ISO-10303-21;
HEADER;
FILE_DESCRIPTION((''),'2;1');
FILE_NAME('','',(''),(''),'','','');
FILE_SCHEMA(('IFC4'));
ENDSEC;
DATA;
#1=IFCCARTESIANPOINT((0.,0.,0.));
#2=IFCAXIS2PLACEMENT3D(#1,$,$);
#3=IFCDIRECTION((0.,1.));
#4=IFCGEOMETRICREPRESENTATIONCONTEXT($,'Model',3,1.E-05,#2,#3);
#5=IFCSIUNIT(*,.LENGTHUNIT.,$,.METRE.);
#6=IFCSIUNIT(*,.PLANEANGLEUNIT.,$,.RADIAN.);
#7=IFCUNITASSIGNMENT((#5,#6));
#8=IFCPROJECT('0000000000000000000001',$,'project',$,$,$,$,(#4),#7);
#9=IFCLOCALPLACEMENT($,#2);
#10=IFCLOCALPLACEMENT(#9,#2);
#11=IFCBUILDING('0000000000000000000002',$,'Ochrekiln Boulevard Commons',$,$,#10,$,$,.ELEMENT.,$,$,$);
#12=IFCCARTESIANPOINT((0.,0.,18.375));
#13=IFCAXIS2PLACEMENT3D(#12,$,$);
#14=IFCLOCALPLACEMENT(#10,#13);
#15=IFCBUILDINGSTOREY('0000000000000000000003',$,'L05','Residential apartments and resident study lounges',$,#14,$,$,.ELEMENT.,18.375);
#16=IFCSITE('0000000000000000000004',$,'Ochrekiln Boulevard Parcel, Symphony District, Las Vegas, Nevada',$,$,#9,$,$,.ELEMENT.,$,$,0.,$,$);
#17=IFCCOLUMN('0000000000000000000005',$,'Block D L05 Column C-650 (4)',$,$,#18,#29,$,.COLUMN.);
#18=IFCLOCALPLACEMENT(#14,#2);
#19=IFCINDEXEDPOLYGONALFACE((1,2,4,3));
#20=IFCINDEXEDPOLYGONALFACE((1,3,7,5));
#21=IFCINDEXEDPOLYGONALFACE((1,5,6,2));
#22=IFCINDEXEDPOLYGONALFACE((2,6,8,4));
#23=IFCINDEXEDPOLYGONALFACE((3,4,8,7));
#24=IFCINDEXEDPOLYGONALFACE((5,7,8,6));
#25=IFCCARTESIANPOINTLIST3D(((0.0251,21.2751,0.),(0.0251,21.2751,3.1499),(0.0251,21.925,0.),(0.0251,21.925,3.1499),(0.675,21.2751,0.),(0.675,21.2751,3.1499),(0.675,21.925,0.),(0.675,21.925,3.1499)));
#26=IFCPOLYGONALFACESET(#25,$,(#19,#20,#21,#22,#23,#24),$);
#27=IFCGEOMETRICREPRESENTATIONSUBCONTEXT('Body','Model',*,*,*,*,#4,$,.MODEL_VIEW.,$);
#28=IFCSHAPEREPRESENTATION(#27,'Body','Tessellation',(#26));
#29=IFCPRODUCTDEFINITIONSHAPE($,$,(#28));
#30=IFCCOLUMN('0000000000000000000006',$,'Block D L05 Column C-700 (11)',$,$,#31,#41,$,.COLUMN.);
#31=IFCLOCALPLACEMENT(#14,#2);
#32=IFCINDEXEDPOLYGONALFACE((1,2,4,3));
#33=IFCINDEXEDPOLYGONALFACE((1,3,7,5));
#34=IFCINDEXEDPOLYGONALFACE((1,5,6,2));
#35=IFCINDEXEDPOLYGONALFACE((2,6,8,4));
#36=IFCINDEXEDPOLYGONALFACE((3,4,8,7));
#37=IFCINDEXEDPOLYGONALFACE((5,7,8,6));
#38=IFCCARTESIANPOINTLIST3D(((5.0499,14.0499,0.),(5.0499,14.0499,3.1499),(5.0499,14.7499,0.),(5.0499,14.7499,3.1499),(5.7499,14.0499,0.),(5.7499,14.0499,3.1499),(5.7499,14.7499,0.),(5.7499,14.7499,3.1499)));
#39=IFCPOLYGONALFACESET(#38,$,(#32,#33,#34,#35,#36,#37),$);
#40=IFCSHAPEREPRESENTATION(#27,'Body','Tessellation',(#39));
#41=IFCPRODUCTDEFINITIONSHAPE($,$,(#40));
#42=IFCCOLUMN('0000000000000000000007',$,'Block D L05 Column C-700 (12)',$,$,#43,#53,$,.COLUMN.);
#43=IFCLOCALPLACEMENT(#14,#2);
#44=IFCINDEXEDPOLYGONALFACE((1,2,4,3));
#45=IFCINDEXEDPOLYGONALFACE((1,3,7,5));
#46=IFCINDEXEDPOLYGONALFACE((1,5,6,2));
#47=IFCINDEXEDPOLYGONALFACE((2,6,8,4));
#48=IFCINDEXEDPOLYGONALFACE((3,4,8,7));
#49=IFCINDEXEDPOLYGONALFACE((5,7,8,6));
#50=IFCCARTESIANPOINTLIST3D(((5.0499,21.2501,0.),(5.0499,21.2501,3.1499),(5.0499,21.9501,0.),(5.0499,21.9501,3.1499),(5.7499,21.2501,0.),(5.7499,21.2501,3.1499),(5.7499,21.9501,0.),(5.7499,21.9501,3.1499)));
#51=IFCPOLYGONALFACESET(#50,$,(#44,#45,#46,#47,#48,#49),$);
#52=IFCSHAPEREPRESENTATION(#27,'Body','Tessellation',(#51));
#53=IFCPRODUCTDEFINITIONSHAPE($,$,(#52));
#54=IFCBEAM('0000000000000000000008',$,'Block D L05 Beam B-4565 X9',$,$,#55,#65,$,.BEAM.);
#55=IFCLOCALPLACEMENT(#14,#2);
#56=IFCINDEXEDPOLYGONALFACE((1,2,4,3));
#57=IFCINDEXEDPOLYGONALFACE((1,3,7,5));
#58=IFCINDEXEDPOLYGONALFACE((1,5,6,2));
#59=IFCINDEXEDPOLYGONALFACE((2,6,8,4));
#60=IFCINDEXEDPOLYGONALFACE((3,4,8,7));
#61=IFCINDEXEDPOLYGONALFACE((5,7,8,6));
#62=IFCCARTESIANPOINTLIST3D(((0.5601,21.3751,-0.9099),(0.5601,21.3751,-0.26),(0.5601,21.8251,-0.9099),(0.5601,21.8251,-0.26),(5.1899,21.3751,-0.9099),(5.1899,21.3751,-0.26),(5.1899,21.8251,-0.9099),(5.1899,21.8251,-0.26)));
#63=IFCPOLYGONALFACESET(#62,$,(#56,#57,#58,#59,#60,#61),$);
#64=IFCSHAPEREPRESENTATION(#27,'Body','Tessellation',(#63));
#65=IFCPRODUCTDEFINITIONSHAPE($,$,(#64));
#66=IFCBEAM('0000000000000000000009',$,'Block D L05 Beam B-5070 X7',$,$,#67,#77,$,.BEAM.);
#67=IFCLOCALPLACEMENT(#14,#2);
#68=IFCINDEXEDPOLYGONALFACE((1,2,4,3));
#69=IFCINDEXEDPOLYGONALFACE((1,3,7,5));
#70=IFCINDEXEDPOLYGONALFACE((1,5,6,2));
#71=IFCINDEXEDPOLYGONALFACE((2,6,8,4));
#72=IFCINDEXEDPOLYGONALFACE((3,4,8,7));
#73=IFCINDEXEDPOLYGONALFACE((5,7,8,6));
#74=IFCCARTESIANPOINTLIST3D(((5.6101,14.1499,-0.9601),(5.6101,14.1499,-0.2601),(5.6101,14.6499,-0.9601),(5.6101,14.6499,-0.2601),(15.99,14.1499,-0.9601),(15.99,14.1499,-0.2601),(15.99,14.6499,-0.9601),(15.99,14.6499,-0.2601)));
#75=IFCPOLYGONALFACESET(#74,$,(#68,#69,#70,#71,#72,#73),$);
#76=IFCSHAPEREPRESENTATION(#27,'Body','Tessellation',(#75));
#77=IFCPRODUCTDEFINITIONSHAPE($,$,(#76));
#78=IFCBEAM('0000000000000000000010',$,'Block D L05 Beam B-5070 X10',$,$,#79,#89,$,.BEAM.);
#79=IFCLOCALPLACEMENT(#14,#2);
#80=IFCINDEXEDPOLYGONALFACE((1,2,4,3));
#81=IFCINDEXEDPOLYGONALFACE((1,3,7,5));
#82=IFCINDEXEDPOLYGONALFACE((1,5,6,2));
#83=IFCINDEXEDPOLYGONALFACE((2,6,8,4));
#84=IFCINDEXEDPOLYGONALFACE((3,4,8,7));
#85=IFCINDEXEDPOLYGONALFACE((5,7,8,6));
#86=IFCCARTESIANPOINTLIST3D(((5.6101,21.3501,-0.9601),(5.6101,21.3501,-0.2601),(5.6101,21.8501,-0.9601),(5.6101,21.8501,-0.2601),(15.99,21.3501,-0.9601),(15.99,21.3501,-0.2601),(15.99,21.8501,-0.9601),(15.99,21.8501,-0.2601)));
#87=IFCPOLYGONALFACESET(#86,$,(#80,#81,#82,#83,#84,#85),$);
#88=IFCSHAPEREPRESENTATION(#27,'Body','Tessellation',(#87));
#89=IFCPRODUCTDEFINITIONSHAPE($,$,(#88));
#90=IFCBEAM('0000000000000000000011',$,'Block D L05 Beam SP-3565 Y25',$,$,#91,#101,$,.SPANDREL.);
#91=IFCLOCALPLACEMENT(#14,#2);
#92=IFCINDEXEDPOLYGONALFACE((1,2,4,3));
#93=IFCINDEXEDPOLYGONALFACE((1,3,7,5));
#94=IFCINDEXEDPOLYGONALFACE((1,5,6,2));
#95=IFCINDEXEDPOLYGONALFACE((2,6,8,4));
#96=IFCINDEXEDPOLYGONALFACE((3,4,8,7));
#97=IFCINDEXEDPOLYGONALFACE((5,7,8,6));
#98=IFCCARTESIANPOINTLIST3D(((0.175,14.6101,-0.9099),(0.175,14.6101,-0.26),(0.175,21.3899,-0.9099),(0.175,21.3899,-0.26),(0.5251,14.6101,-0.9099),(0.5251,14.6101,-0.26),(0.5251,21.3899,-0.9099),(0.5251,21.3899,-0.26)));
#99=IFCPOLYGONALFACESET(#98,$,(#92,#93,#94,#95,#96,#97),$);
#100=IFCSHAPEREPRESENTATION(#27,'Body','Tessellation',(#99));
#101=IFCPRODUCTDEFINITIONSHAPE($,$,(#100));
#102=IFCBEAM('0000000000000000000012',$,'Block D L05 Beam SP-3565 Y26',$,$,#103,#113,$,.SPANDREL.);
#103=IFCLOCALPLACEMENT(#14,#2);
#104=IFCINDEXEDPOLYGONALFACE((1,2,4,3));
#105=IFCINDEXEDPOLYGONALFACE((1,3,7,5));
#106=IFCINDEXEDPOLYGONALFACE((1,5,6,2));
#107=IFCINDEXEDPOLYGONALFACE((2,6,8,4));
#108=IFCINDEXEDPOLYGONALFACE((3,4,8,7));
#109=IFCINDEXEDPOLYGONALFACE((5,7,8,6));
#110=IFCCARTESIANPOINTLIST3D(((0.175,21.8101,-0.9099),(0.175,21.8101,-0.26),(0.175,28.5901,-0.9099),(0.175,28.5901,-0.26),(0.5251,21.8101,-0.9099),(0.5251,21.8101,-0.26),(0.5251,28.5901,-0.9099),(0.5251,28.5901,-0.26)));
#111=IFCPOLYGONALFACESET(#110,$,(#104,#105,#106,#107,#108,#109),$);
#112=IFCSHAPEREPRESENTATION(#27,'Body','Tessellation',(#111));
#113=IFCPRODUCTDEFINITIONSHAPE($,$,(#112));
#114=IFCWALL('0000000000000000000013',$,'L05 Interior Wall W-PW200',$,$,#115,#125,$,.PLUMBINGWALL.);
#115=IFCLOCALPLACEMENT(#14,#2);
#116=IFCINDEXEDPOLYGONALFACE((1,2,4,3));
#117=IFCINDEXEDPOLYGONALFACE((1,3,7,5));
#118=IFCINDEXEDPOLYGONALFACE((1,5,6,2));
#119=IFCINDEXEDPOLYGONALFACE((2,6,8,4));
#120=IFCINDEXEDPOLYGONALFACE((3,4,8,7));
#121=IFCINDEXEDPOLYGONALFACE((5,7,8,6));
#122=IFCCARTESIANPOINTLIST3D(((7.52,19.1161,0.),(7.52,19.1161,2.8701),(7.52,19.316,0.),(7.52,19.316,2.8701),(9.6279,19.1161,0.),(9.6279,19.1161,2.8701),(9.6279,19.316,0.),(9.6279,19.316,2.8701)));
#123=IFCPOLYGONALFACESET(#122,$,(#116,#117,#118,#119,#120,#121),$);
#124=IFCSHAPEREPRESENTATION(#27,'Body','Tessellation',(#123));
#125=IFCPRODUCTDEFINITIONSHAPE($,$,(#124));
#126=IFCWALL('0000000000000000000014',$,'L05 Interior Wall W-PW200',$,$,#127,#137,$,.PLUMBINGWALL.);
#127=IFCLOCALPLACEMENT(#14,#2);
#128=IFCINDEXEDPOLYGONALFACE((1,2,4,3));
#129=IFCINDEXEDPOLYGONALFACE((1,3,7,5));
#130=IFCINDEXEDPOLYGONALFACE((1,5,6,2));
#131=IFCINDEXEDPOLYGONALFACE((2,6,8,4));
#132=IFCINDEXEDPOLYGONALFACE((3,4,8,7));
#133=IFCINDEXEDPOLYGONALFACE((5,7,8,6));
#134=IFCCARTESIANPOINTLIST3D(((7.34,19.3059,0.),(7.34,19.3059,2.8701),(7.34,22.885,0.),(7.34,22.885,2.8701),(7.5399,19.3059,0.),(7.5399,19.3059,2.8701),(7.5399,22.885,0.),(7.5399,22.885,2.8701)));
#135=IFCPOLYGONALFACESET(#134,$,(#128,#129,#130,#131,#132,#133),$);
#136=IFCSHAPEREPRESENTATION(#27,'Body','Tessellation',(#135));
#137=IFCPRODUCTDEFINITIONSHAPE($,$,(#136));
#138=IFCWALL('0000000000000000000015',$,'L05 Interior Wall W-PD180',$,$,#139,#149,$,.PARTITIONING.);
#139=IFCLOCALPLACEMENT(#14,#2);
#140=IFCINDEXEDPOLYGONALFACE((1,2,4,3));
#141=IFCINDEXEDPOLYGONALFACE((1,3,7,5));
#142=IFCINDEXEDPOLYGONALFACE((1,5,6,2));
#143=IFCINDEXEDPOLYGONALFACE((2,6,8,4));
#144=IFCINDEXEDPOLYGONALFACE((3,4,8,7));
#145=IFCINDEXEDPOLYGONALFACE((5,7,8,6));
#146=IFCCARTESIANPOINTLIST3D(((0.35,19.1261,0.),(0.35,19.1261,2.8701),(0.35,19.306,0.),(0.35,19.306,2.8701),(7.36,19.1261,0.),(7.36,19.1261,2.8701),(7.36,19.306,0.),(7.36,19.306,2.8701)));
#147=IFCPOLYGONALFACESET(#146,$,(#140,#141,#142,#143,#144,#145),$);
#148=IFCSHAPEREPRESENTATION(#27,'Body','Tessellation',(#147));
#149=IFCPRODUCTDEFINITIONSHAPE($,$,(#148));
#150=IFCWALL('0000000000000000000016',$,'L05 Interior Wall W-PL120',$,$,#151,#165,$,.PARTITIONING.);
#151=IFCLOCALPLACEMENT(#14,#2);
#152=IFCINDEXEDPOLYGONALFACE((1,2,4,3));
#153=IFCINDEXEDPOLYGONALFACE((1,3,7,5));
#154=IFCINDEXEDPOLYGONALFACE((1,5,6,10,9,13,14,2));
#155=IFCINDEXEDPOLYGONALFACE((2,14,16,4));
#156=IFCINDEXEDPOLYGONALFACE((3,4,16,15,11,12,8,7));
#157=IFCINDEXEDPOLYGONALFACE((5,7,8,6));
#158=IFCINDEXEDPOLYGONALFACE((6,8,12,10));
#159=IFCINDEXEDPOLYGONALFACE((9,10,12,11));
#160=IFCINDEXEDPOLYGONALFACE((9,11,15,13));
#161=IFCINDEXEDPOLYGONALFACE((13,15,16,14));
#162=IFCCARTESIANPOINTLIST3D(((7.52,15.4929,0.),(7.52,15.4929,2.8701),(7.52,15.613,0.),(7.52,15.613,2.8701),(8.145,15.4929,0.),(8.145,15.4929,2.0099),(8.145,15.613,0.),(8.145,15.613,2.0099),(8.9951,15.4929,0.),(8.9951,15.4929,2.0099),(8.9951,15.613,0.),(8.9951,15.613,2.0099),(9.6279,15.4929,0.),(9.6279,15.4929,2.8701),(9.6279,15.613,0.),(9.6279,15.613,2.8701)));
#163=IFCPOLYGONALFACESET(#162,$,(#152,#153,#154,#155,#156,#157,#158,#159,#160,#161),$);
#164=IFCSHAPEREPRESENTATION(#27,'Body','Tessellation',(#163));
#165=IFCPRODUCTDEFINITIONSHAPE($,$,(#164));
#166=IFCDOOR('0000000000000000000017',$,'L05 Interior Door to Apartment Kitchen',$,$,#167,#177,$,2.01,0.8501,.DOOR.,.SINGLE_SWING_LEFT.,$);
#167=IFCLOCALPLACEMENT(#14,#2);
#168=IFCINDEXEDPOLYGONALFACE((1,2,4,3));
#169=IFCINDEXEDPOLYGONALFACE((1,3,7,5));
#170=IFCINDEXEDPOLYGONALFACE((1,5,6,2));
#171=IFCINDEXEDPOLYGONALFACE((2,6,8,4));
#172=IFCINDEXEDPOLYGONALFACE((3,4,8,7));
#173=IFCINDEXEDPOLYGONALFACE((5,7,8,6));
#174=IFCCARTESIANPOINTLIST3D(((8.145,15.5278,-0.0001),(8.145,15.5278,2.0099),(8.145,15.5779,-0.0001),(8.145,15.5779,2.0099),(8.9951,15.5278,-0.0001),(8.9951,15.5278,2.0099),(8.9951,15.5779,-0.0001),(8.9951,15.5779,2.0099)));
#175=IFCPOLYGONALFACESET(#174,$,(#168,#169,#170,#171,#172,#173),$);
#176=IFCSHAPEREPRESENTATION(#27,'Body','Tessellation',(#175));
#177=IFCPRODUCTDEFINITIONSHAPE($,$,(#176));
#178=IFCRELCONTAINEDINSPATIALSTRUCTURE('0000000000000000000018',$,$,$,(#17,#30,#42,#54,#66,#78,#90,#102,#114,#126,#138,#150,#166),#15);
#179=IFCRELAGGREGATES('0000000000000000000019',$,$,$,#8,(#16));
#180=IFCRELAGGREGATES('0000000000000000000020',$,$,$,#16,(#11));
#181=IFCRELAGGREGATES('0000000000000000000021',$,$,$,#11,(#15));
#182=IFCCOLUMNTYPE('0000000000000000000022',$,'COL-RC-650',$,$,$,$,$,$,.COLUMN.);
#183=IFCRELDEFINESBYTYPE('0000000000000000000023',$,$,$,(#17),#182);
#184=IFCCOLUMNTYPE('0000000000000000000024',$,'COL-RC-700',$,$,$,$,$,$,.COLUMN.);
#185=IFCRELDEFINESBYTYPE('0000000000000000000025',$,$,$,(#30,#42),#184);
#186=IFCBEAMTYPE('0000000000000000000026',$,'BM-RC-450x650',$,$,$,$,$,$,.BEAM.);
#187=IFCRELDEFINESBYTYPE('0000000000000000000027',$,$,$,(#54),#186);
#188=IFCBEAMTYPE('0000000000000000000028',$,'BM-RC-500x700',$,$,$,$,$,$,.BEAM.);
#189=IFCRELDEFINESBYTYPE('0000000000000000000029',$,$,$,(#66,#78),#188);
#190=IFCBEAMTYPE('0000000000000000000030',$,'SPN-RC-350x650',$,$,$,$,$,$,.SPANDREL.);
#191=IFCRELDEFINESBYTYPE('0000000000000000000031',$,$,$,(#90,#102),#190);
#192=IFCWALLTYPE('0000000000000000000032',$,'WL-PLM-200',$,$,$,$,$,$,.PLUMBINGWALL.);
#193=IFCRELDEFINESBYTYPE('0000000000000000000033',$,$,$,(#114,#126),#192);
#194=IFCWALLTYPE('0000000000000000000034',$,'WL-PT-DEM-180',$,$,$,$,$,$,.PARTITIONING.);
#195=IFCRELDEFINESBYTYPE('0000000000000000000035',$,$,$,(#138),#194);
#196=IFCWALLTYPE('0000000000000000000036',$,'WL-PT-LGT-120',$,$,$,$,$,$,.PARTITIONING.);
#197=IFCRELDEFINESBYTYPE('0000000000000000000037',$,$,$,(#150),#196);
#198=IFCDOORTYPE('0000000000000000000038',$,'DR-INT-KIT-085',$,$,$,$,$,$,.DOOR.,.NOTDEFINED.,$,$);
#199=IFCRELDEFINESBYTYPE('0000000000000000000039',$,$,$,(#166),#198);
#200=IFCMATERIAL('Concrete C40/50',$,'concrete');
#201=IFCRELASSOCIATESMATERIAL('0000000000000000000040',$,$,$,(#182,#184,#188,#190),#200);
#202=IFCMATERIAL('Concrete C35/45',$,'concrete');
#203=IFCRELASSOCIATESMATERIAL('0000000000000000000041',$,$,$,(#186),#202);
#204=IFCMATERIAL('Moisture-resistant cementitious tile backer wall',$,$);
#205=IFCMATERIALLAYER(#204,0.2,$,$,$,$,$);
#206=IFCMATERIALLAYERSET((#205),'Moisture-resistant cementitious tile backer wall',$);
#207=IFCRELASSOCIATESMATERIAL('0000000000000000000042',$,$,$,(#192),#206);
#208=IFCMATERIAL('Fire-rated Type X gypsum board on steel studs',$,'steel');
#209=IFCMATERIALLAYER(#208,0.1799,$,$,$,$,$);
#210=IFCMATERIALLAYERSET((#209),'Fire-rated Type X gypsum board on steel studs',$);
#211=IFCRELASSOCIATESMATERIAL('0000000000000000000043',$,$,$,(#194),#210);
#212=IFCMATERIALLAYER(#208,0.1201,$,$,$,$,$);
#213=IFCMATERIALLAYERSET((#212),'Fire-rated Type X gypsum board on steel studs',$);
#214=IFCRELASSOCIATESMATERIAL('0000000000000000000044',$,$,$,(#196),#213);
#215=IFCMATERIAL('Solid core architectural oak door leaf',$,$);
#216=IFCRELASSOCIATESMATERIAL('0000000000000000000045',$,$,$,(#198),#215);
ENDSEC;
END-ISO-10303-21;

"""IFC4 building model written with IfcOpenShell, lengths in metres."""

from ifc_helpers import new_model, si_unit, direction, frame, frame_2d, origin, origin_2d, place, context, subcontext, project, spatial, rectangle, extrude, material, layer, layer_set, material_profile, profile_set, type_object, element, fill, save


model = new_model("IFC4")

# Units and contexts
model_context = context("Model", 3, precision=1e-05, world=origin(), true_north=direction((0.0, 1.0)))
body_context = subcontext(model_context, "Body", "Model", "MODEL_VIEW")
ifc_project = project(units=[si_unit("LENGTHUNIT", "METRE"), si_unit("PLANEANGLEUNIT", "RADIAN")], contexts=[model_context])

# Site, building, storey
site_placement = place(None, origin())
site = spatial("IfcSite", under=ifc_project, at=site_placement, Name="Ochrekiln Boulevard Parcel, Symphony District, Las Vegas, Nevada", CompositionType="ELEMENT", RefElevation=0.0)
building_placement = place(site_placement, origin())
building = spatial("IfcBuilding", under=site, at=building_placement, Name="Ochrekiln Boulevard Commons", CompositionType="ELEMENT")
storey_placement = place(building_placement, frame((0.0, 0.0, 18.375)))
storey = spatial("IfcBuildingStorey", under=building, at=storey_placement, Name="L05", Description="Residential apartments and resident study lounges", CompositionType="ELEMENT", Elevation=18.375)

# Columns
ifc_material_1 = material(Name="Concrete C40/50", Category="concrete")
ifc_material_profile_1 = material_profile(ifc_material_1, rectangle(XDim=0.6499, YDim=0.6499, at=origin_2d()), Name="RC-COL-650x650")
ifc_profile_set_1 = profile_set([ifc_material_profile_1], Name="Concrete C40/50")
column_type_1 = type_object("IfcColumnType", Name="COL-RC-650", PredefinedType="COLUMN", material=ifc_profile_set_1)
column_placement = place(storey_placement, frame((0.3501, 21.6001, 0.0), z_axis=(0.0, 0.0, 1.0), x_axis=(1.0, 0.0, 0.0)))
element("IfcColumn", 1, at=column_placement, inside=storey, type_object=column_type_1, Name="Block D L05 Column C-650 (4)", PredefinedType="COLUMN", context=body_context, shape_type="SweptSolid", body=[
    extrude(rectangle(XDim=0.6499, YDim=0.6499, at=origin_2d()), origin(), (0.0, 0.0, 1.0), 3.1499),
])
ifc_material_profile_2 = material_profile(ifc_material_1, rectangle(XDim=0.7, YDim=0.7, at=origin_2d()), Name="RC-COL-700x700")
ifc_profile_set_2 = profile_set([ifc_material_profile_2], Name="Concrete C40/50")
column_type_2 = type_object("IfcColumnType", Name="COL-RC-700", PredefinedType="COLUMN", material=ifc_profile_set_2)
for number, where, z_axis, x_axis, name in (
    (2, (5.3999, 14.3999, 0.0), (0.0, 0.0, 1.0), (1.0, 0.0, 0.0), "Block D L05 Column C-700 (11)"),
    (3, (5.3999, 21.6001, 0.0), (0.0, 0.0, 1.0), (1.0, 0.0, 0.0), "Block D L05 Column C-700 (12)"),
):
    element("IfcColumn", number, at=place(storey_placement, frame(where, z_axis=z_axis, x_axis=x_axis)), inside=storey, type_object=column_type_2, Name=name, PredefinedType="COLUMN", context=body_context, shape_type="SweptSolid", body=[
        extrude(rectangle(XDim=0.7, YDim=0.7, at=origin_2d()), origin(), (0.0, 0.0, 1.0), 3.1499),
    ])

# Beams
ifc_material_2 = material(Name="Concrete C35/45", Category="concrete")
ifc_material_profile_3 = material_profile(ifc_material_2, rectangle(XDim=0.45, YDim=0.6499, at=origin_2d()), Name="RC-BM-450x650")
ifc_profile_set_3 = profile_set([ifc_material_profile_3], Name="Concrete C35/45")
beam_type_1 = type_object("IfcBeamType", Name="BM-RC-450x650", PredefinedType="BEAM", material=ifc_profile_set_3)
beam_1_placement = place(storey_placement, frame((0.5601, 21.6001, -0.585), z_axis=(1.0, 0.0, 0.0), x_axis=(0.0, 1.0, 0.0)))
element("IfcBeam", 4, at=beam_1_placement, inside=storey, type_object=beam_type_1, Name="Block D L05 Beam B-4565 X9", PredefinedType="BEAM", context=body_context, shape_type="SweptSolid", body=[
    extrude(rectangle(XDim=0.45, YDim=0.6499, at=origin_2d()), origin(), (0.0, 0.0, 1.0), 4.6299),
])
ifc_material_profile_4 = material_profile(ifc_material_1, rectangle(XDim=0.5, YDim=0.7, at=origin_2d()), Name="RC-BM-500x700")
ifc_profile_set_4 = profile_set([ifc_material_profile_4], Name="Concrete C40/50")
beam_type_2 = type_object("IfcBeamType", Name="BM-RC-500x700", PredefinedType="BEAM", material=ifc_profile_set_4)
for number, where, z_axis, x_axis, name in (
    (5, (5.6101, 14.3999, -0.6101), (1.0, 0.0, 0.0), (0.0, 1.0, 0.0), "Block D L05 Beam B-5070 X7"),
    (6, (5.6101, 21.6001, -0.6101), (1.0, 0.0, 0.0), (0.0, 1.0, 0.0), "Block D L05 Beam B-5070 X10"),
):
    element("IfcBeam", number, at=place(storey_placement, frame(where, z_axis=z_axis, x_axis=x_axis)), inside=storey, type_object=beam_type_2, Name=name, PredefinedType="BEAM", context=body_context, shape_type="SweptSolid", body=[
        extrude(rectangle(XDim=0.5, YDim=0.7, at=origin_2d()), origin(), (0.0, 0.0, 1.0), 10.3799),
    ])
ifc_material_profile_5 = material_profile(ifc_material_1, rectangle(XDim=0.3501, YDim=0.6499, at=origin_2d()), Name="RC-SPN-350x650")
ifc_profile_set_5 = profile_set([ifc_material_profile_5], Name="Concrete C40/50")
beam_type_3 = type_object("IfcBeamType", Name="SPN-RC-350x650", PredefinedType="SPANDREL", material=ifc_profile_set_5)
beam_2_placement = place(storey_placement, frame((0.3501, 14.6101, -0.585), z_axis=(0.0, 1.0, 0.0), x_axis=(-1.0, 0.0, 0.0)))
element("IfcBeam", 7, at=beam_2_placement, inside=storey, type_object=beam_type_3, Name="Block D L05 Beam SP-3565 Y25", PredefinedType="SPANDREL", context=body_context, shape_type="SweptSolid", body=[
    extrude(rectangle(XDim=0.3501, YDim=0.6499, at=origin_2d()), origin(), (0.0, 0.0, 1.0), 6.7798),
])
beam_3_placement = place(storey_placement, frame((0.3501, 21.8101, -0.585), z_axis=(0.0, 1.0, 0.0), x_axis=(-1.0, 0.0, 0.0)))
element("IfcBeam", 8, at=beam_3_placement, inside=storey, type_object=beam_type_3, Name="Block D L05 Beam SP-3565 Y26", PredefinedType="SPANDREL", context=body_context, shape_type="SweptSolid", body=[
    extrude(rectangle(XDim=0.3501, YDim=0.6499, at=origin_2d()), origin(), (0.0, 0.0, 1.0), 6.78),
])

# Walls
ifc_material_3 = material(Name="Moisture-resistant cementitious tile backer wall")
ifc_layer_1 = layer(ifc_material_3, 0.2)
ifc_layer_set_1 = layer_set([ifc_layer_1], Name="Moisture-resistant cementitious tile backer wall")
wall_type_1 = type_object("IfcWallType", Name="WL-PLM-200", PredefinedType="PLUMBINGWALL", material=ifc_layer_set_1)
wall_1_placement = place(storey_placement, frame((7.52, 19.2161, 0.0), z_axis=(0.0, 0.0, 1.0), x_axis=(1.0, 0.0, 0.0)))
element("IfcWall", 9, at=wall_1_placement, inside=storey, type_object=wall_type_1, Name="L05 Interior Wall W-PW200", PredefinedType="PLUMBINGWALL", context=body_context, shape_type="SweptSolid", body=[
    extrude(rectangle(XDim=2.1079, YDim=0.2, at=frame_2d((1.054, 0.0))), origin(), (0.0, 0.0, 1.0), 2.8701),
])
wall_2_placement = place(storey_placement, frame((7.4399, 19.3059, 0.0), z_axis=(0.0, 0.0, 1.0), x_axis=(0.0, 1.0, 0.0)))
element("IfcWall", 10, at=wall_2_placement, inside=storey, type_object=wall_type_1, Name="L05 Interior Wall W-PW200", PredefinedType="PLUMBINGWALL", context=body_context, shape_type="SweptSolid", body=[
    extrude(rectangle(XDim=3.5791, YDim=0.2, at=frame_2d((1.7896, 0.0))), origin(), (0.0, 0.0, 1.0), 2.8701),
])
ifc_material_4 = material(Name="Fire-rated Type X gypsum board on steel studs", Category="steel")
ifc_layer_2 = layer(ifc_material_4, 0.1799)
ifc_layer_set_2 = layer_set([ifc_layer_2], Name="Fire-rated Type X gypsum board on steel studs")
wall_type_2 = type_object("IfcWallType", Name="WL-PT-DEM-180", PredefinedType="PARTITIONING", material=ifc_layer_set_2)
wall_3_placement = place(storey_placement, frame((0.3501, 19.2161, 0.0), z_axis=(0.0, 0.0, 1.0), x_axis=(1.0, 0.0, 0.0)))
element("IfcWall", 11, at=wall_3_placement, inside=storey, type_object=wall_type_2, Name="L05 Interior Wall W-PD180", PredefinedType="PARTITIONING", context=body_context, shape_type="SweptSolid", body=[
    extrude(rectangle(XDim=7.01, YDim=0.1799, at=frame_2d((3.5049, 0.0))), origin(), (0.0, 0.0, 1.0), 2.8701),
])

# Wall, opening, door
ifc_layer_3 = layer(ifc_material_4, 0.1201)
ifc_layer_set_3 = layer_set([ifc_layer_3], Name="Fire-rated Type X gypsum board on steel studs")
wall_type_3 = type_object("IfcWallType", Name="WL-PT-LGT-120", PredefinedType="PARTITIONING", material=ifc_layer_set_3)
wall_4_placement = place(storey_placement, frame((7.52, 15.553, 0.0), z_axis=(0.0, 0.0, 1.0), x_axis=(1.0, 0.0, 0.0)))
wall_4 = element("IfcWall", 12, at=wall_4_placement, inside=storey, type_object=wall_type_3, Name="L05 Interior Wall W-PL120", PredefinedType="PARTITIONING", context=body_context, shape_type="SweptSolid", body=[
    extrude(rectangle(XDim=2.1079, YDim=0.1201, at=frame_2d((1.054, 0.0))), origin(), (0.0, 0.0, 1.0), 2.8701),
])
opening_1_placement = place(wall_4_placement, frame((0.625, 0.0, 0.0)))
opening_1 = element("IfcOpeningElement", 13, at=opening_1_placement, cuts=wall_4, PredefinedType="OPENING", context=body_context, shape_type="SweptSolid", body=[
    extrude(rectangle(XDim=0.8501, YDim=2.01, at=frame_2d((0.425, 1.0049))), frame((0.0, 0.0701, 0.0), z_axis=(0.0, -1.0, 0.0), x_axis=(1.0, 0.0, 0.0)), (0.0, 0.0, 1.0), 0.1401),
])
ifc_material_5 = material(Name="Solid core architectural oak door leaf")
door_type_1 = type_object("IfcDoorType", Name="DR-INT-KIT-085", OperationType="NOTDEFINED", PredefinedType="DOOR", material=ifc_material_5)
door_1_placement = place(opening_1_placement, origin())
door_1 = element("IfcDoor", 14, at=door_1_placement, inside=storey, type_object=door_type_1, Name="L05 Interior Door to Apartment Kitchen", OperationType="SINGLE_SWING_LEFT", OverallHeight=2.01, OverallWidth=0.8501, PredefinedType="DOOR", context=body_context, shape_type="SweptSolid", body=[
    extrude(rectangle(XDim=0.8501, YDim=2.01, at=frame_2d((0.425, 1.0049))), frame((0.0, 0.0249, 0.0), z_axis=(0.0, -1.0, 0.0), x_axis=(1.0, 0.0, 0.0)), (0.0, 0.0, 1.0), 0.05),
])
fill(opening_1, door_1)

save(model, "model.ifc")
